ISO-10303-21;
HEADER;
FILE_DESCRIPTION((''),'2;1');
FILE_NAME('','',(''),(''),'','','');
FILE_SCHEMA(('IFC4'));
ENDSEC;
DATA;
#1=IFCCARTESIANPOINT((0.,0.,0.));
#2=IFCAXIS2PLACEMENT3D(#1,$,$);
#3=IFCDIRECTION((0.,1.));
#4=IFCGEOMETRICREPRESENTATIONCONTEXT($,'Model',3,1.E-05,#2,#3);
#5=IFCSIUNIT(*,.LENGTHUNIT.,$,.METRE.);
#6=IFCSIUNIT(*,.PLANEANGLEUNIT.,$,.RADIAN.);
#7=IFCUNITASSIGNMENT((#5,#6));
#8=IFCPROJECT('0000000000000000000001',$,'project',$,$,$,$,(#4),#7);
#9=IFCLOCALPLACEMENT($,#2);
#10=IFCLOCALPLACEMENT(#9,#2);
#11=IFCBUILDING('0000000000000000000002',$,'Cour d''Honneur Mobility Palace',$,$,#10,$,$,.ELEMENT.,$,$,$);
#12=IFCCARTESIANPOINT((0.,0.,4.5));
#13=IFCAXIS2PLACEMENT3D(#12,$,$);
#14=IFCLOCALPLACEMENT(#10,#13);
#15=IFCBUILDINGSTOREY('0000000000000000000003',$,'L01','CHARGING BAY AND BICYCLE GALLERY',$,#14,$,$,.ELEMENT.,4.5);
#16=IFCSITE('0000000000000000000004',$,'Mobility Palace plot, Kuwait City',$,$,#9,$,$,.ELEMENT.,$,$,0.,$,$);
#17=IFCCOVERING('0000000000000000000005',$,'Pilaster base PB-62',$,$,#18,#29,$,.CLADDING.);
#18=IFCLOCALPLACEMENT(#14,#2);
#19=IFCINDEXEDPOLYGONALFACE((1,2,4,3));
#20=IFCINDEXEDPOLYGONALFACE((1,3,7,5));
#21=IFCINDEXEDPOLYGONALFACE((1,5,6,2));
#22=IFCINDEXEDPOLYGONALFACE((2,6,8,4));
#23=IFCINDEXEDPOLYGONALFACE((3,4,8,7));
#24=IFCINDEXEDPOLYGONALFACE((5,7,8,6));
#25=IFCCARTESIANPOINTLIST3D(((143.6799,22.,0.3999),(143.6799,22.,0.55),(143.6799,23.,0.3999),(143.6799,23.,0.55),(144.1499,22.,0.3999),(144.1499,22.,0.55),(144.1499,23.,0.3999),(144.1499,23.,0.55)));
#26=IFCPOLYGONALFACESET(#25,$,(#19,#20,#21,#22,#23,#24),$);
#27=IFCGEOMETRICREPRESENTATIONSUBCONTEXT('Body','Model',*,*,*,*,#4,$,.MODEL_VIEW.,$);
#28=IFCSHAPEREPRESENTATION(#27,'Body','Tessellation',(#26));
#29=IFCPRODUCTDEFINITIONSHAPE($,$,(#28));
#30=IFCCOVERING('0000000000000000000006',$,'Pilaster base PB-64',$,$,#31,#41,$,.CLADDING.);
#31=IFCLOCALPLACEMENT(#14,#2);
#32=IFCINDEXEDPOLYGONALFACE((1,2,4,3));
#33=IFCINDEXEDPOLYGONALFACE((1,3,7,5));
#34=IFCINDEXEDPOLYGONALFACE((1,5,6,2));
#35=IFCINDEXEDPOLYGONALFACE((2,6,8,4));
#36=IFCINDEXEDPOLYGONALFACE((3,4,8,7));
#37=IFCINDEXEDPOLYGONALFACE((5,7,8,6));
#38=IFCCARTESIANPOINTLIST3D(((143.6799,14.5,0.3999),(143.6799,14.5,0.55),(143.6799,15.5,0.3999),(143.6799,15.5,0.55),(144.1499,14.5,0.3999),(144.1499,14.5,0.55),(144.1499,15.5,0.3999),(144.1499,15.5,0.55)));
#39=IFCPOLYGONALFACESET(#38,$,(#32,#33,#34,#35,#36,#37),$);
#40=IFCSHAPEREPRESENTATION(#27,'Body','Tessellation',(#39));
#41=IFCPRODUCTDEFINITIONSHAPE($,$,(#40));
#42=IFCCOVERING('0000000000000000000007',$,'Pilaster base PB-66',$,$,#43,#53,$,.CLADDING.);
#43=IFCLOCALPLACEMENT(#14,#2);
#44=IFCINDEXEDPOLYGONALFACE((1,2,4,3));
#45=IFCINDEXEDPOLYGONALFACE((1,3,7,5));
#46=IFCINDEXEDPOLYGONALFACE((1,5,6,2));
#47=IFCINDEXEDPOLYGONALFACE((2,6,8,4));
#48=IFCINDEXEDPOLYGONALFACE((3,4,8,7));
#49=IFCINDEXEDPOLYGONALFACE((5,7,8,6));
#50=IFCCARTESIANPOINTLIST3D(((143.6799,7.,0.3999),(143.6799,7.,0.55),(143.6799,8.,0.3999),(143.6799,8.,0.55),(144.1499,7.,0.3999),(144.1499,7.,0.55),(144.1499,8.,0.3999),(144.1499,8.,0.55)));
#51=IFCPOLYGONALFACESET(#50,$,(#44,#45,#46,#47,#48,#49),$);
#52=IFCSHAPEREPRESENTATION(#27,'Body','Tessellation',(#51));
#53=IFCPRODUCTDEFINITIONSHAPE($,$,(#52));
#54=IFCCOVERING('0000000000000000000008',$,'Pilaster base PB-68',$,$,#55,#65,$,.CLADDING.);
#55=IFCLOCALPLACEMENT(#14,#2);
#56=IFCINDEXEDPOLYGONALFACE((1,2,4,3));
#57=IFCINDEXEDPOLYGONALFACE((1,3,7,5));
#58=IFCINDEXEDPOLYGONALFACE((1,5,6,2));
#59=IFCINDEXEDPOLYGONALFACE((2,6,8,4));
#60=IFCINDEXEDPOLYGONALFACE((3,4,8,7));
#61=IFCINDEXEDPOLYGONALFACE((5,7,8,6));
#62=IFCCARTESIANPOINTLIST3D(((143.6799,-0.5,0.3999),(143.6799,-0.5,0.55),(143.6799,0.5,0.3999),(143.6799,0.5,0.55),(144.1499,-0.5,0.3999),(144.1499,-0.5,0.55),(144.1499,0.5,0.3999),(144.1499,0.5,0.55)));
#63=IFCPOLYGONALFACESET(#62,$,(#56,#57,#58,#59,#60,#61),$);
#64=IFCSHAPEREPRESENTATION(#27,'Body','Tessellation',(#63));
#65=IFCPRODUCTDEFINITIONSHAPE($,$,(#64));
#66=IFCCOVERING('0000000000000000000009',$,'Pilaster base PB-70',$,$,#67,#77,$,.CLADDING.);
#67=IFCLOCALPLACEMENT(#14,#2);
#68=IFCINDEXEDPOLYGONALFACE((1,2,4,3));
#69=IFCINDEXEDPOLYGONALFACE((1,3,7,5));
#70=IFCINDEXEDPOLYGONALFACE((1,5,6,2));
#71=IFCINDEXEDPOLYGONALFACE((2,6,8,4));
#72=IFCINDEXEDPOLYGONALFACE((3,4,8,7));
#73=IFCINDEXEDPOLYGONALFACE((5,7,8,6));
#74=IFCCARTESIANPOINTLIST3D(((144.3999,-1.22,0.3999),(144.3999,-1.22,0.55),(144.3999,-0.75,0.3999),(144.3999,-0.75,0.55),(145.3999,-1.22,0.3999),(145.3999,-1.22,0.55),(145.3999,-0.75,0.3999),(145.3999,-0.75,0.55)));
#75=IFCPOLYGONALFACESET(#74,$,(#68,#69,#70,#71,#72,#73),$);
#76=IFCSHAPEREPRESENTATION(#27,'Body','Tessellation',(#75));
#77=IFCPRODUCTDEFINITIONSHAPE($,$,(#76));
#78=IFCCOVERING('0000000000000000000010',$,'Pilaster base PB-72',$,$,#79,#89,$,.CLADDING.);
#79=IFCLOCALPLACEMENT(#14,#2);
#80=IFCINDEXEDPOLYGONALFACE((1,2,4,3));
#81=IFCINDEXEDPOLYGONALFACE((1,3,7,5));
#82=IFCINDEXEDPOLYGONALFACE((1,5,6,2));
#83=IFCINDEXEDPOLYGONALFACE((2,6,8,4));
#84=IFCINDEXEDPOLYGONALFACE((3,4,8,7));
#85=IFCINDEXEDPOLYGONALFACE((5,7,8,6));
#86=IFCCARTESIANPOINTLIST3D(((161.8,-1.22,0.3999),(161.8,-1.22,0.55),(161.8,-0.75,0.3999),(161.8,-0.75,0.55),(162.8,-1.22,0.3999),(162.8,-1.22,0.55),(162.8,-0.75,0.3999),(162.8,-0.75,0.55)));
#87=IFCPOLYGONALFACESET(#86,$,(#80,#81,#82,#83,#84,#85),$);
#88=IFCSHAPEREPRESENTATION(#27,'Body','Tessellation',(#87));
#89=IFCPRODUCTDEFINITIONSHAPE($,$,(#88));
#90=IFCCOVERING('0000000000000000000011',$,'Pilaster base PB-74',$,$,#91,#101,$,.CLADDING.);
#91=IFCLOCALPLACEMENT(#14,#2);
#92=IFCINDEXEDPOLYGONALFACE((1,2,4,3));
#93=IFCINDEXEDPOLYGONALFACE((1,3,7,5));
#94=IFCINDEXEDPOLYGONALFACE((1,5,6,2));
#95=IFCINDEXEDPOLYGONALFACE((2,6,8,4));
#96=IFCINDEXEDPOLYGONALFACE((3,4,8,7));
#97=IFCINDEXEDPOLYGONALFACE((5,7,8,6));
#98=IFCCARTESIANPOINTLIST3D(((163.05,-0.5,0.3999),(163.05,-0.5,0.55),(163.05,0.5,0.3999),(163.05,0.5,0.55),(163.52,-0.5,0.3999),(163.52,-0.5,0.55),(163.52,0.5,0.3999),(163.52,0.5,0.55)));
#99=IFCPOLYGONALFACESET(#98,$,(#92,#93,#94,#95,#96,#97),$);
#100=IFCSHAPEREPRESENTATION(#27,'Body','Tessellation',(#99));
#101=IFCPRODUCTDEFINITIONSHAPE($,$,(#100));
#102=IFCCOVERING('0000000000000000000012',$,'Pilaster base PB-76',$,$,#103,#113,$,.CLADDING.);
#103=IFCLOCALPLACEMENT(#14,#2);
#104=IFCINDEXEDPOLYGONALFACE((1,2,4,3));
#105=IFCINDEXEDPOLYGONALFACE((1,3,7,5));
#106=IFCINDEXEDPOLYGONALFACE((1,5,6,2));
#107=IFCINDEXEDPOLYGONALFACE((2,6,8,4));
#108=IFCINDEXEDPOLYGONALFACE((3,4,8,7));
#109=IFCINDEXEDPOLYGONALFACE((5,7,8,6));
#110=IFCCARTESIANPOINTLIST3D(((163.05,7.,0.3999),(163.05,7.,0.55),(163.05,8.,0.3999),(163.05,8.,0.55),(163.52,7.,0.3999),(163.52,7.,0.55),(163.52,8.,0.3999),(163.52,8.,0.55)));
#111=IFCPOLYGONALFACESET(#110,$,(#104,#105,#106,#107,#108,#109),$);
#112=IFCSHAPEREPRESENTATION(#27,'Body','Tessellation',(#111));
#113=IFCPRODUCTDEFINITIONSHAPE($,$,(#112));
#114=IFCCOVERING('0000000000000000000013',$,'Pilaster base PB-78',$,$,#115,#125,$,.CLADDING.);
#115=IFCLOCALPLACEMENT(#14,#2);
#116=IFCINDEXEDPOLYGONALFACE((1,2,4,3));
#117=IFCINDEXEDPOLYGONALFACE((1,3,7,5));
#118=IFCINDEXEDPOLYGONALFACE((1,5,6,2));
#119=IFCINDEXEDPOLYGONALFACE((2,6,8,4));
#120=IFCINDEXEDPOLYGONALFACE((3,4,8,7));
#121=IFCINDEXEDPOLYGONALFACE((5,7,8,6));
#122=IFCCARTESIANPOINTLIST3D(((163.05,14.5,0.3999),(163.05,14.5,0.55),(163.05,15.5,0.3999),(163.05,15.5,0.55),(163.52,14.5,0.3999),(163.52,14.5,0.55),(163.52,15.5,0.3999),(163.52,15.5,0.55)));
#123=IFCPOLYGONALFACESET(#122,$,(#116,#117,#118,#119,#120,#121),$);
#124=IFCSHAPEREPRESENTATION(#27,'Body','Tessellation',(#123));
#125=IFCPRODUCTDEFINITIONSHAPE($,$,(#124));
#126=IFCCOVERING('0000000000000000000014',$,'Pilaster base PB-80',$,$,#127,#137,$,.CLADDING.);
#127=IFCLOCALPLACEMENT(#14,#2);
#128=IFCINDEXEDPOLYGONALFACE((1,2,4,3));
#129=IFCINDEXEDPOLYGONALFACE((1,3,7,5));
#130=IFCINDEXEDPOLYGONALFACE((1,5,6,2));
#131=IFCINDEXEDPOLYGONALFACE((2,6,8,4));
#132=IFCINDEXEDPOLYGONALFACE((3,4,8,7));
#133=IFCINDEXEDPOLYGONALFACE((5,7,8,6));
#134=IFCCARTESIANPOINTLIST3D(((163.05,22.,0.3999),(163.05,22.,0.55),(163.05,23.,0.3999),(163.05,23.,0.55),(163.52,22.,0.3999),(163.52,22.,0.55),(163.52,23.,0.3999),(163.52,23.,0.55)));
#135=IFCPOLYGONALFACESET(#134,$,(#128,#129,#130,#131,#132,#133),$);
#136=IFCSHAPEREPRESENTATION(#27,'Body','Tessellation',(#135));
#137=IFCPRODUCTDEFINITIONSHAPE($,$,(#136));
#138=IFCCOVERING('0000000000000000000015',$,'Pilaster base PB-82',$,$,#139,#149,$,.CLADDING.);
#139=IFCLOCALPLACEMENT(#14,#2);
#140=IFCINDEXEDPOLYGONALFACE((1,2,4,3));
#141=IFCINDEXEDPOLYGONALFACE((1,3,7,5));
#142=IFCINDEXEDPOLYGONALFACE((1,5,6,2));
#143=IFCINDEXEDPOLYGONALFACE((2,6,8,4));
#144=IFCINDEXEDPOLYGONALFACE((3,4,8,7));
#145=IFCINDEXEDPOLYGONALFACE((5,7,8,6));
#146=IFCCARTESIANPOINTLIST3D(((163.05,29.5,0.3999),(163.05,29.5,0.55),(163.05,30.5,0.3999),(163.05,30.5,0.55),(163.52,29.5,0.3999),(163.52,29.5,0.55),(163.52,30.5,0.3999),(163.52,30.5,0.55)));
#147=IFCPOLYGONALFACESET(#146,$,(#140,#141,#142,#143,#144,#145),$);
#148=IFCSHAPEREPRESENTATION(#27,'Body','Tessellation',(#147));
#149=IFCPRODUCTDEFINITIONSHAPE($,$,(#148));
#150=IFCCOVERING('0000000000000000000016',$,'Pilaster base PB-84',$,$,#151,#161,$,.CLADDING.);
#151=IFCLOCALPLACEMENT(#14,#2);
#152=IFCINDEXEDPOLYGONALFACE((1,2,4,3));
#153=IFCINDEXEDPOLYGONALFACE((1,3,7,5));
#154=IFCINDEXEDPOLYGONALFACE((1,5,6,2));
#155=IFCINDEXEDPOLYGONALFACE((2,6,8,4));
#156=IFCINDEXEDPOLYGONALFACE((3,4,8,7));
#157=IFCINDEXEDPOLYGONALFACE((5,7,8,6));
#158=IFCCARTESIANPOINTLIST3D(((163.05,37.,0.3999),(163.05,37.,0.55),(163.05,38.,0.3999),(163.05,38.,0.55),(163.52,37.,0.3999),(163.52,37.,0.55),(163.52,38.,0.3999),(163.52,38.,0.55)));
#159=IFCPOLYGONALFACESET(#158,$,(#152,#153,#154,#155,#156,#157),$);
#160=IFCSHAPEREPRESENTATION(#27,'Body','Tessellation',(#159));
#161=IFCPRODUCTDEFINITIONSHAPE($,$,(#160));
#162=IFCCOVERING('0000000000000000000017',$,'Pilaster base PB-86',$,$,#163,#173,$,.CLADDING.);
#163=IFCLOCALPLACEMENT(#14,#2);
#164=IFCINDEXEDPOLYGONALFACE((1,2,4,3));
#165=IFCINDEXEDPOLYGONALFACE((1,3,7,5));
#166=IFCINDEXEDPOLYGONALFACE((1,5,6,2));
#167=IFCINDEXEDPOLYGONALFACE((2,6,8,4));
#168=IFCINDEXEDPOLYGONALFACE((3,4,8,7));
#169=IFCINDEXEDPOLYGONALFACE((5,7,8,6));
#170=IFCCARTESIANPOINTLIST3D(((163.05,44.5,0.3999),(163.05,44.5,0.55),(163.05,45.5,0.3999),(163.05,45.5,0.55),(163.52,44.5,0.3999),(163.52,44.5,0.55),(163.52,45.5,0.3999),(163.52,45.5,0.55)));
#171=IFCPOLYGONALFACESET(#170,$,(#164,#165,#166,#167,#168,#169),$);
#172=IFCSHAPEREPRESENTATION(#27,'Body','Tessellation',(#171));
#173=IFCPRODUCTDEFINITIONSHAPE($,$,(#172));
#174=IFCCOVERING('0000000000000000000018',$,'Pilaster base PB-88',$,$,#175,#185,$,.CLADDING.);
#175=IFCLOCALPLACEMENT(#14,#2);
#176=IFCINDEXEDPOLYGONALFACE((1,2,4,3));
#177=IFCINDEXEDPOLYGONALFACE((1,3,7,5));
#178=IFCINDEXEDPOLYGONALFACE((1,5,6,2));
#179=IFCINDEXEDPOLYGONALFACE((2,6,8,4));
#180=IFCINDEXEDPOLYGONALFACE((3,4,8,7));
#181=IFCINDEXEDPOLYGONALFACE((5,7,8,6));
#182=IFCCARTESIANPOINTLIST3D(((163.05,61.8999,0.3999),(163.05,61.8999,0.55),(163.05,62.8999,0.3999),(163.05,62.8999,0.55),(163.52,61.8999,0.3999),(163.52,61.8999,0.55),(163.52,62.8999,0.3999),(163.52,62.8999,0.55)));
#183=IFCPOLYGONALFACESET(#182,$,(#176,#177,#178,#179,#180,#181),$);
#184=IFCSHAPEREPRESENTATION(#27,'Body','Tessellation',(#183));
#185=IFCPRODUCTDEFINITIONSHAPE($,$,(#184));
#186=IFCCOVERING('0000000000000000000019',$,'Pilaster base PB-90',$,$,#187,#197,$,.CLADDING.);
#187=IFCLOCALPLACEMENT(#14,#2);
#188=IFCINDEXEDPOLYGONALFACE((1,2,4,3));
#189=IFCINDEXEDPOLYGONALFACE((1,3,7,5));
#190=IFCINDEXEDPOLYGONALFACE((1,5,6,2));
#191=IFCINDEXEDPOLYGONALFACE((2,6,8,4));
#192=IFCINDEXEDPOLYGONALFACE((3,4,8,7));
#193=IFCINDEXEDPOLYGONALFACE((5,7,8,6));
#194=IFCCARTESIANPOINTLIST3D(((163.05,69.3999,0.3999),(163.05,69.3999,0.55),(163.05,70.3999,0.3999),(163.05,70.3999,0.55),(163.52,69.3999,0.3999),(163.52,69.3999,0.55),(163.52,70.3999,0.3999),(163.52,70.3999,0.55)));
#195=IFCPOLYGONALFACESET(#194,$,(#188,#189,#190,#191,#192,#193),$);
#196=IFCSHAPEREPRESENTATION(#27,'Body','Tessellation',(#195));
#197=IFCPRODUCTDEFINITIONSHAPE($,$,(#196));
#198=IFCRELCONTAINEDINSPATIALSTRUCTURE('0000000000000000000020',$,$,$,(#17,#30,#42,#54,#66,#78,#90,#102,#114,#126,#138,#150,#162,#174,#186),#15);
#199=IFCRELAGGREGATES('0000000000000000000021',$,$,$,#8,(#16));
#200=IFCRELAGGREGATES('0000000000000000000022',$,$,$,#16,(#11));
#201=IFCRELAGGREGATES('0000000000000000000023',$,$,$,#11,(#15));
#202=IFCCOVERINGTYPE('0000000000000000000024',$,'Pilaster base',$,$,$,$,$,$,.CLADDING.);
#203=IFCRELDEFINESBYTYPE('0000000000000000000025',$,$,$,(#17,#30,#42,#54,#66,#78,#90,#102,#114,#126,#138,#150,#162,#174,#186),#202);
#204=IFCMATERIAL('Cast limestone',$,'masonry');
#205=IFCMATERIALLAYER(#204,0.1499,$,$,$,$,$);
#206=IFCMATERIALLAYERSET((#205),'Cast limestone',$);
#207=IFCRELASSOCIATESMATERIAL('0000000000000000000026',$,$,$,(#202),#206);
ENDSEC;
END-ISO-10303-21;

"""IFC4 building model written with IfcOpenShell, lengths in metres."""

from ifc_helpers import new_model, si_unit, direction, frame, origin, place, context, subcontext, project, spatial, polyline, outline, extrude, material, layer, layer_set, type_object, element, save


model = new_model("IFC4")

# Units and contexts
model_context = context("Model", 3, precision=1e-05, world=origin(), true_north=direction((0.0, 1.0)))
body_context = subcontext(model_context, "Body", "Model", "MODEL_VIEW")
ifc_project = project(units=[si_unit("LENGTHUNIT", "METRE"), si_unit("PLANEANGLEUNIT", "RADIAN")], contexts=[model_context])

# Site, building, storey
site_placement = place(None, origin())
site = spatial("IfcSite", under=ifc_project, at=site_placement, Name="Mobility Palace plot, Kuwait City", CompositionType="ELEMENT", RefElevation=0.0)
building_placement = place(site_placement, origin())
building = spatial("IfcBuilding", under=site, at=building_placement, Name="Cour d'Honneur Mobility Palace", CompositionType="ELEMENT")
storey_placement = place(building_placement, frame((0.0, 0.0, 4.5)))
storey = spatial("IfcBuildingStorey", under=building, at=storey_placement, Name="L01", Description="CHARGING BAY AND BICYCLE GALLERY", CompositionType="ELEMENT", Elevation=4.5)

# Coverings
ifc_material = material(Name="Cast limestone", Category="masonry")
ifc_layer = layer(ifc_material, 0.1499)
ifc_layer_set = layer_set([ifc_layer], Name="Cast limestone")
covering_type = type_object("IfcCoveringType", Name="Pilaster base", PredefinedType="CLADDING", material=ifc_layer_set)
covering_1_placement = place(storey_placement, frame((0.0, 0.0, 0.3999)))
element("IfcCovering", 1, at=covering_1_placement, inside=storey, type_object=covering_type, Name="Pilaster base PB-62", PredefinedType="CLADDING", context=body_context, shape_type="SweptSolid", body=[
    extrude(outline(polyline([(144.1499, 23.0), (144.1499, 22.0), (143.6799, 22.0), (143.6799, 23.0), (144.1499, 23.0)])), origin(), (0.0, 0.0, 1.0), 0.1501),
])
covering_2_placement = place(storey_placement, frame((0.0, 0.0, 0.3999)))
element("IfcCovering", 2, at=covering_2_placement, inside=storey, type_object=covering_type, Name="Pilaster base PB-64", PredefinedType="CLADDING", context=body_context, shape_type="SweptSolid", body=[
    extrude(outline(polyline([(144.1499, 15.5), (144.1499, 14.5), (143.6799, 14.5), (143.6799, 15.5), (144.1499, 15.5)])), origin(), (0.0, 0.0, 1.0), 0.1501),
])
covering_3_placement = place(storey_placement, frame((0.0, 0.0, 0.3999)))
element("IfcCovering", 3, at=covering_3_placement, inside=storey, type_object=covering_type, Name="Pilaster base PB-66", PredefinedType="CLADDING", context=body_context, shape_type="SweptSolid", body=[
    extrude(outline(polyline([(144.1499, 8.0), (144.1499, 7.0), (143.6799, 7.0), (143.6799, 8.0), (144.1499, 8.0)])), origin(), (0.0, 0.0, 1.0), 0.1501),
])
covering_4_placement = place(storey_placement, frame((0.0, 0.0, 0.3999)))
element("IfcCovering", 4, at=covering_4_placement, inside=storey, type_object=covering_type, Name="Pilaster base PB-68", PredefinedType="CLADDING", context=body_context, shape_type="SweptSolid", body=[
    extrude(outline(polyline([(144.1499, 0.5), (144.1499, -0.5), (143.6799, -0.5), (143.6799, 0.5), (144.1499, 0.5)])), origin(), (0.0, 0.0, 1.0), 0.1501),
])
covering_5_placement = place(storey_placement, frame((0.0, 0.0, 0.3999)))
element("IfcCovering", 5, at=covering_5_placement, inside=storey, type_object=covering_type, Name="Pilaster base PB-70", PredefinedType="CLADDING", context=body_context, shape_type="SweptSolid", body=[
    extrude(outline(polyline([(144.3999, -0.75), (145.3999, -0.75), (145.3999, -1.22), (144.3999, -1.22), (144.3999, -0.75)])), origin(), (0.0, 0.0, 1.0), 0.1501),
])
covering_6_placement = place(storey_placement, frame((0.0, 0.0, 0.3999)))
element("IfcCovering", 6, at=covering_6_placement, inside=storey, type_object=covering_type, Name="Pilaster base PB-72", PredefinedType="CLADDING", context=body_context, shape_type="SweptSolid", body=[
    extrude(outline(polyline([(161.8, -0.75), (162.8, -0.75), (162.8, -1.22), (161.8, -1.22), (161.8, -0.75)])), origin(), (0.0, 0.0, 1.0), 0.1501),
])
covering_7_placement = place(storey_placement, frame((0.0, 0.0, 0.3999)))
element("IfcCovering", 7, at=covering_7_placement, inside=storey, type_object=covering_type, Name="Pilaster base PB-74", PredefinedType="CLADDING", context=body_context, shape_type="SweptSolid", body=[
    extrude(outline(polyline([(163.05, -0.5), (163.05, 0.5), (163.52, 0.5), (163.52, -0.5), (163.05, -0.5)])), origin(), (0.0, 0.0, 1.0), 0.1501),
])
covering_8_placement = place(storey_placement, frame((0.0, 0.0, 0.3999)))
element("IfcCovering", 8, at=covering_8_placement, inside=storey, type_object=covering_type, Name="Pilaster base PB-76", PredefinedType="CLADDING", context=body_context, shape_type="SweptSolid", body=[
    extrude(outline(polyline([(163.05, 7.0), (163.05, 8.0), (163.52, 8.0), (163.52, 7.0), (163.05, 7.0)])), origin(), (0.0, 0.0, 1.0), 0.1501),
])
covering_9_placement = place(storey_placement, frame((0.0, 0.0, 0.3999)))
element("IfcCovering", 9, at=covering_9_placement, inside=storey, type_object=covering_type, Name="Pilaster base PB-78", PredefinedType="CLADDING", context=body_context, shape_type="SweptSolid", body=[
    extrude(outline(polyline([(163.05, 14.5), (163.05, 15.5), (163.52, 15.5), (163.52, 14.5), (163.05, 14.5)])), origin(), (0.0, 0.0, 1.0), 0.1501),
])
covering_10_placement = place(storey_placement, frame((0.0, 0.0, 0.3999)))
element("IfcCovering", 10, at=covering_10_placement, inside=storey, type_object=covering_type, Name="Pilaster base PB-80", PredefinedType="CLADDING", context=body_context, shape_type="SweptSolid", body=[
    extrude(outline(polyline([(163.05, 22.0), (163.05, 23.0), (163.52, 23.0), (163.52, 22.0), (163.05, 22.0)])), origin(), (0.0, 0.0, 1.0), 0.1501),
])
covering_11_placement = place(storey_placement, frame((0.0, 0.0, 0.3999)))
element("IfcCovering", 11, at=covering_11_placement, inside=storey, type_object=covering_type, Name="Pilaster base PB-82", PredefinedType="CLADDING", context=body_context, shape_type="SweptSolid", body=[
    extrude(outline(polyline([(163.05, 29.5), (163.05, 30.5), (163.52, 30.5), (163.52, 29.5), (163.05, 29.5)])), origin(), (0.0, 0.0, 1.0), 0.1501),
])
covering_12_placement = place(storey_placement, frame((0.0, 0.0, 0.3999)))
element("IfcCovering", 12, at=covering_12_placement, inside=storey, type_object=covering_type, Name="Pilaster base PB-84", PredefinedType="CLADDING", context=body_context, shape_type="SweptSolid", body=[
    extrude(outline(polyline([(163.05, 37.0), (163.05, 38.0), (163.52, 38.0), (163.52, 37.0), (163.05, 37.0)])), origin(), (0.0, 0.0, 1.0), 0.1501),
])
covering_13_placement = place(storey_placement, frame((0.0, 0.0, 0.3999)))
element("IfcCovering", 13, at=covering_13_placement, inside=storey, type_object=covering_type, Name="Pilaster base PB-86", PredefinedType="CLADDING", context=body_context, shape_type="SweptSolid", body=[
    extrude(outline(polyline([(163.05, 44.5), (163.05, 45.5), (163.52, 45.5), (163.52, 44.5), (163.05, 44.5)])), origin(), (0.0, 0.0, 1.0), 0.1501),
])
covering_14_placement = place(storey_placement, frame((0.0, 0.0, 0.3999)))
element("IfcCovering", 14, at=covering_14_placement, inside=storey, type_object=covering_type, Name="Pilaster base PB-88", PredefinedType="CLADDING", context=body_context, shape_type="SweptSolid", body=[
    extrude(outline(polyline([(163.05, 61.8999), (163.05, 62.8999), (163.52, 62.8999), (163.52, 61.8999), (163.05, 61.8999)])), origin(), (0.0, 0.0, 1.0), 0.1501),
])
covering_15_placement = place(storey_placement, frame((0.0, 0.0, 0.3999)))
element("IfcCovering", 15, at=covering_15_placement, inside=storey, type_object=covering_type, Name="Pilaster base PB-90", PredefinedType="CLADDING", context=body_context, shape_type="SweptSolid", body=[
    extrude(outline(polyline([(163.05, 69.3999), (163.05, 70.3999), (163.52, 70.3999), (163.52, 69.3999), (163.05, 69.3999)])), origin(), (0.0, 0.0, 1.0), 0.1501),
])

save(model, "model.ifc")
